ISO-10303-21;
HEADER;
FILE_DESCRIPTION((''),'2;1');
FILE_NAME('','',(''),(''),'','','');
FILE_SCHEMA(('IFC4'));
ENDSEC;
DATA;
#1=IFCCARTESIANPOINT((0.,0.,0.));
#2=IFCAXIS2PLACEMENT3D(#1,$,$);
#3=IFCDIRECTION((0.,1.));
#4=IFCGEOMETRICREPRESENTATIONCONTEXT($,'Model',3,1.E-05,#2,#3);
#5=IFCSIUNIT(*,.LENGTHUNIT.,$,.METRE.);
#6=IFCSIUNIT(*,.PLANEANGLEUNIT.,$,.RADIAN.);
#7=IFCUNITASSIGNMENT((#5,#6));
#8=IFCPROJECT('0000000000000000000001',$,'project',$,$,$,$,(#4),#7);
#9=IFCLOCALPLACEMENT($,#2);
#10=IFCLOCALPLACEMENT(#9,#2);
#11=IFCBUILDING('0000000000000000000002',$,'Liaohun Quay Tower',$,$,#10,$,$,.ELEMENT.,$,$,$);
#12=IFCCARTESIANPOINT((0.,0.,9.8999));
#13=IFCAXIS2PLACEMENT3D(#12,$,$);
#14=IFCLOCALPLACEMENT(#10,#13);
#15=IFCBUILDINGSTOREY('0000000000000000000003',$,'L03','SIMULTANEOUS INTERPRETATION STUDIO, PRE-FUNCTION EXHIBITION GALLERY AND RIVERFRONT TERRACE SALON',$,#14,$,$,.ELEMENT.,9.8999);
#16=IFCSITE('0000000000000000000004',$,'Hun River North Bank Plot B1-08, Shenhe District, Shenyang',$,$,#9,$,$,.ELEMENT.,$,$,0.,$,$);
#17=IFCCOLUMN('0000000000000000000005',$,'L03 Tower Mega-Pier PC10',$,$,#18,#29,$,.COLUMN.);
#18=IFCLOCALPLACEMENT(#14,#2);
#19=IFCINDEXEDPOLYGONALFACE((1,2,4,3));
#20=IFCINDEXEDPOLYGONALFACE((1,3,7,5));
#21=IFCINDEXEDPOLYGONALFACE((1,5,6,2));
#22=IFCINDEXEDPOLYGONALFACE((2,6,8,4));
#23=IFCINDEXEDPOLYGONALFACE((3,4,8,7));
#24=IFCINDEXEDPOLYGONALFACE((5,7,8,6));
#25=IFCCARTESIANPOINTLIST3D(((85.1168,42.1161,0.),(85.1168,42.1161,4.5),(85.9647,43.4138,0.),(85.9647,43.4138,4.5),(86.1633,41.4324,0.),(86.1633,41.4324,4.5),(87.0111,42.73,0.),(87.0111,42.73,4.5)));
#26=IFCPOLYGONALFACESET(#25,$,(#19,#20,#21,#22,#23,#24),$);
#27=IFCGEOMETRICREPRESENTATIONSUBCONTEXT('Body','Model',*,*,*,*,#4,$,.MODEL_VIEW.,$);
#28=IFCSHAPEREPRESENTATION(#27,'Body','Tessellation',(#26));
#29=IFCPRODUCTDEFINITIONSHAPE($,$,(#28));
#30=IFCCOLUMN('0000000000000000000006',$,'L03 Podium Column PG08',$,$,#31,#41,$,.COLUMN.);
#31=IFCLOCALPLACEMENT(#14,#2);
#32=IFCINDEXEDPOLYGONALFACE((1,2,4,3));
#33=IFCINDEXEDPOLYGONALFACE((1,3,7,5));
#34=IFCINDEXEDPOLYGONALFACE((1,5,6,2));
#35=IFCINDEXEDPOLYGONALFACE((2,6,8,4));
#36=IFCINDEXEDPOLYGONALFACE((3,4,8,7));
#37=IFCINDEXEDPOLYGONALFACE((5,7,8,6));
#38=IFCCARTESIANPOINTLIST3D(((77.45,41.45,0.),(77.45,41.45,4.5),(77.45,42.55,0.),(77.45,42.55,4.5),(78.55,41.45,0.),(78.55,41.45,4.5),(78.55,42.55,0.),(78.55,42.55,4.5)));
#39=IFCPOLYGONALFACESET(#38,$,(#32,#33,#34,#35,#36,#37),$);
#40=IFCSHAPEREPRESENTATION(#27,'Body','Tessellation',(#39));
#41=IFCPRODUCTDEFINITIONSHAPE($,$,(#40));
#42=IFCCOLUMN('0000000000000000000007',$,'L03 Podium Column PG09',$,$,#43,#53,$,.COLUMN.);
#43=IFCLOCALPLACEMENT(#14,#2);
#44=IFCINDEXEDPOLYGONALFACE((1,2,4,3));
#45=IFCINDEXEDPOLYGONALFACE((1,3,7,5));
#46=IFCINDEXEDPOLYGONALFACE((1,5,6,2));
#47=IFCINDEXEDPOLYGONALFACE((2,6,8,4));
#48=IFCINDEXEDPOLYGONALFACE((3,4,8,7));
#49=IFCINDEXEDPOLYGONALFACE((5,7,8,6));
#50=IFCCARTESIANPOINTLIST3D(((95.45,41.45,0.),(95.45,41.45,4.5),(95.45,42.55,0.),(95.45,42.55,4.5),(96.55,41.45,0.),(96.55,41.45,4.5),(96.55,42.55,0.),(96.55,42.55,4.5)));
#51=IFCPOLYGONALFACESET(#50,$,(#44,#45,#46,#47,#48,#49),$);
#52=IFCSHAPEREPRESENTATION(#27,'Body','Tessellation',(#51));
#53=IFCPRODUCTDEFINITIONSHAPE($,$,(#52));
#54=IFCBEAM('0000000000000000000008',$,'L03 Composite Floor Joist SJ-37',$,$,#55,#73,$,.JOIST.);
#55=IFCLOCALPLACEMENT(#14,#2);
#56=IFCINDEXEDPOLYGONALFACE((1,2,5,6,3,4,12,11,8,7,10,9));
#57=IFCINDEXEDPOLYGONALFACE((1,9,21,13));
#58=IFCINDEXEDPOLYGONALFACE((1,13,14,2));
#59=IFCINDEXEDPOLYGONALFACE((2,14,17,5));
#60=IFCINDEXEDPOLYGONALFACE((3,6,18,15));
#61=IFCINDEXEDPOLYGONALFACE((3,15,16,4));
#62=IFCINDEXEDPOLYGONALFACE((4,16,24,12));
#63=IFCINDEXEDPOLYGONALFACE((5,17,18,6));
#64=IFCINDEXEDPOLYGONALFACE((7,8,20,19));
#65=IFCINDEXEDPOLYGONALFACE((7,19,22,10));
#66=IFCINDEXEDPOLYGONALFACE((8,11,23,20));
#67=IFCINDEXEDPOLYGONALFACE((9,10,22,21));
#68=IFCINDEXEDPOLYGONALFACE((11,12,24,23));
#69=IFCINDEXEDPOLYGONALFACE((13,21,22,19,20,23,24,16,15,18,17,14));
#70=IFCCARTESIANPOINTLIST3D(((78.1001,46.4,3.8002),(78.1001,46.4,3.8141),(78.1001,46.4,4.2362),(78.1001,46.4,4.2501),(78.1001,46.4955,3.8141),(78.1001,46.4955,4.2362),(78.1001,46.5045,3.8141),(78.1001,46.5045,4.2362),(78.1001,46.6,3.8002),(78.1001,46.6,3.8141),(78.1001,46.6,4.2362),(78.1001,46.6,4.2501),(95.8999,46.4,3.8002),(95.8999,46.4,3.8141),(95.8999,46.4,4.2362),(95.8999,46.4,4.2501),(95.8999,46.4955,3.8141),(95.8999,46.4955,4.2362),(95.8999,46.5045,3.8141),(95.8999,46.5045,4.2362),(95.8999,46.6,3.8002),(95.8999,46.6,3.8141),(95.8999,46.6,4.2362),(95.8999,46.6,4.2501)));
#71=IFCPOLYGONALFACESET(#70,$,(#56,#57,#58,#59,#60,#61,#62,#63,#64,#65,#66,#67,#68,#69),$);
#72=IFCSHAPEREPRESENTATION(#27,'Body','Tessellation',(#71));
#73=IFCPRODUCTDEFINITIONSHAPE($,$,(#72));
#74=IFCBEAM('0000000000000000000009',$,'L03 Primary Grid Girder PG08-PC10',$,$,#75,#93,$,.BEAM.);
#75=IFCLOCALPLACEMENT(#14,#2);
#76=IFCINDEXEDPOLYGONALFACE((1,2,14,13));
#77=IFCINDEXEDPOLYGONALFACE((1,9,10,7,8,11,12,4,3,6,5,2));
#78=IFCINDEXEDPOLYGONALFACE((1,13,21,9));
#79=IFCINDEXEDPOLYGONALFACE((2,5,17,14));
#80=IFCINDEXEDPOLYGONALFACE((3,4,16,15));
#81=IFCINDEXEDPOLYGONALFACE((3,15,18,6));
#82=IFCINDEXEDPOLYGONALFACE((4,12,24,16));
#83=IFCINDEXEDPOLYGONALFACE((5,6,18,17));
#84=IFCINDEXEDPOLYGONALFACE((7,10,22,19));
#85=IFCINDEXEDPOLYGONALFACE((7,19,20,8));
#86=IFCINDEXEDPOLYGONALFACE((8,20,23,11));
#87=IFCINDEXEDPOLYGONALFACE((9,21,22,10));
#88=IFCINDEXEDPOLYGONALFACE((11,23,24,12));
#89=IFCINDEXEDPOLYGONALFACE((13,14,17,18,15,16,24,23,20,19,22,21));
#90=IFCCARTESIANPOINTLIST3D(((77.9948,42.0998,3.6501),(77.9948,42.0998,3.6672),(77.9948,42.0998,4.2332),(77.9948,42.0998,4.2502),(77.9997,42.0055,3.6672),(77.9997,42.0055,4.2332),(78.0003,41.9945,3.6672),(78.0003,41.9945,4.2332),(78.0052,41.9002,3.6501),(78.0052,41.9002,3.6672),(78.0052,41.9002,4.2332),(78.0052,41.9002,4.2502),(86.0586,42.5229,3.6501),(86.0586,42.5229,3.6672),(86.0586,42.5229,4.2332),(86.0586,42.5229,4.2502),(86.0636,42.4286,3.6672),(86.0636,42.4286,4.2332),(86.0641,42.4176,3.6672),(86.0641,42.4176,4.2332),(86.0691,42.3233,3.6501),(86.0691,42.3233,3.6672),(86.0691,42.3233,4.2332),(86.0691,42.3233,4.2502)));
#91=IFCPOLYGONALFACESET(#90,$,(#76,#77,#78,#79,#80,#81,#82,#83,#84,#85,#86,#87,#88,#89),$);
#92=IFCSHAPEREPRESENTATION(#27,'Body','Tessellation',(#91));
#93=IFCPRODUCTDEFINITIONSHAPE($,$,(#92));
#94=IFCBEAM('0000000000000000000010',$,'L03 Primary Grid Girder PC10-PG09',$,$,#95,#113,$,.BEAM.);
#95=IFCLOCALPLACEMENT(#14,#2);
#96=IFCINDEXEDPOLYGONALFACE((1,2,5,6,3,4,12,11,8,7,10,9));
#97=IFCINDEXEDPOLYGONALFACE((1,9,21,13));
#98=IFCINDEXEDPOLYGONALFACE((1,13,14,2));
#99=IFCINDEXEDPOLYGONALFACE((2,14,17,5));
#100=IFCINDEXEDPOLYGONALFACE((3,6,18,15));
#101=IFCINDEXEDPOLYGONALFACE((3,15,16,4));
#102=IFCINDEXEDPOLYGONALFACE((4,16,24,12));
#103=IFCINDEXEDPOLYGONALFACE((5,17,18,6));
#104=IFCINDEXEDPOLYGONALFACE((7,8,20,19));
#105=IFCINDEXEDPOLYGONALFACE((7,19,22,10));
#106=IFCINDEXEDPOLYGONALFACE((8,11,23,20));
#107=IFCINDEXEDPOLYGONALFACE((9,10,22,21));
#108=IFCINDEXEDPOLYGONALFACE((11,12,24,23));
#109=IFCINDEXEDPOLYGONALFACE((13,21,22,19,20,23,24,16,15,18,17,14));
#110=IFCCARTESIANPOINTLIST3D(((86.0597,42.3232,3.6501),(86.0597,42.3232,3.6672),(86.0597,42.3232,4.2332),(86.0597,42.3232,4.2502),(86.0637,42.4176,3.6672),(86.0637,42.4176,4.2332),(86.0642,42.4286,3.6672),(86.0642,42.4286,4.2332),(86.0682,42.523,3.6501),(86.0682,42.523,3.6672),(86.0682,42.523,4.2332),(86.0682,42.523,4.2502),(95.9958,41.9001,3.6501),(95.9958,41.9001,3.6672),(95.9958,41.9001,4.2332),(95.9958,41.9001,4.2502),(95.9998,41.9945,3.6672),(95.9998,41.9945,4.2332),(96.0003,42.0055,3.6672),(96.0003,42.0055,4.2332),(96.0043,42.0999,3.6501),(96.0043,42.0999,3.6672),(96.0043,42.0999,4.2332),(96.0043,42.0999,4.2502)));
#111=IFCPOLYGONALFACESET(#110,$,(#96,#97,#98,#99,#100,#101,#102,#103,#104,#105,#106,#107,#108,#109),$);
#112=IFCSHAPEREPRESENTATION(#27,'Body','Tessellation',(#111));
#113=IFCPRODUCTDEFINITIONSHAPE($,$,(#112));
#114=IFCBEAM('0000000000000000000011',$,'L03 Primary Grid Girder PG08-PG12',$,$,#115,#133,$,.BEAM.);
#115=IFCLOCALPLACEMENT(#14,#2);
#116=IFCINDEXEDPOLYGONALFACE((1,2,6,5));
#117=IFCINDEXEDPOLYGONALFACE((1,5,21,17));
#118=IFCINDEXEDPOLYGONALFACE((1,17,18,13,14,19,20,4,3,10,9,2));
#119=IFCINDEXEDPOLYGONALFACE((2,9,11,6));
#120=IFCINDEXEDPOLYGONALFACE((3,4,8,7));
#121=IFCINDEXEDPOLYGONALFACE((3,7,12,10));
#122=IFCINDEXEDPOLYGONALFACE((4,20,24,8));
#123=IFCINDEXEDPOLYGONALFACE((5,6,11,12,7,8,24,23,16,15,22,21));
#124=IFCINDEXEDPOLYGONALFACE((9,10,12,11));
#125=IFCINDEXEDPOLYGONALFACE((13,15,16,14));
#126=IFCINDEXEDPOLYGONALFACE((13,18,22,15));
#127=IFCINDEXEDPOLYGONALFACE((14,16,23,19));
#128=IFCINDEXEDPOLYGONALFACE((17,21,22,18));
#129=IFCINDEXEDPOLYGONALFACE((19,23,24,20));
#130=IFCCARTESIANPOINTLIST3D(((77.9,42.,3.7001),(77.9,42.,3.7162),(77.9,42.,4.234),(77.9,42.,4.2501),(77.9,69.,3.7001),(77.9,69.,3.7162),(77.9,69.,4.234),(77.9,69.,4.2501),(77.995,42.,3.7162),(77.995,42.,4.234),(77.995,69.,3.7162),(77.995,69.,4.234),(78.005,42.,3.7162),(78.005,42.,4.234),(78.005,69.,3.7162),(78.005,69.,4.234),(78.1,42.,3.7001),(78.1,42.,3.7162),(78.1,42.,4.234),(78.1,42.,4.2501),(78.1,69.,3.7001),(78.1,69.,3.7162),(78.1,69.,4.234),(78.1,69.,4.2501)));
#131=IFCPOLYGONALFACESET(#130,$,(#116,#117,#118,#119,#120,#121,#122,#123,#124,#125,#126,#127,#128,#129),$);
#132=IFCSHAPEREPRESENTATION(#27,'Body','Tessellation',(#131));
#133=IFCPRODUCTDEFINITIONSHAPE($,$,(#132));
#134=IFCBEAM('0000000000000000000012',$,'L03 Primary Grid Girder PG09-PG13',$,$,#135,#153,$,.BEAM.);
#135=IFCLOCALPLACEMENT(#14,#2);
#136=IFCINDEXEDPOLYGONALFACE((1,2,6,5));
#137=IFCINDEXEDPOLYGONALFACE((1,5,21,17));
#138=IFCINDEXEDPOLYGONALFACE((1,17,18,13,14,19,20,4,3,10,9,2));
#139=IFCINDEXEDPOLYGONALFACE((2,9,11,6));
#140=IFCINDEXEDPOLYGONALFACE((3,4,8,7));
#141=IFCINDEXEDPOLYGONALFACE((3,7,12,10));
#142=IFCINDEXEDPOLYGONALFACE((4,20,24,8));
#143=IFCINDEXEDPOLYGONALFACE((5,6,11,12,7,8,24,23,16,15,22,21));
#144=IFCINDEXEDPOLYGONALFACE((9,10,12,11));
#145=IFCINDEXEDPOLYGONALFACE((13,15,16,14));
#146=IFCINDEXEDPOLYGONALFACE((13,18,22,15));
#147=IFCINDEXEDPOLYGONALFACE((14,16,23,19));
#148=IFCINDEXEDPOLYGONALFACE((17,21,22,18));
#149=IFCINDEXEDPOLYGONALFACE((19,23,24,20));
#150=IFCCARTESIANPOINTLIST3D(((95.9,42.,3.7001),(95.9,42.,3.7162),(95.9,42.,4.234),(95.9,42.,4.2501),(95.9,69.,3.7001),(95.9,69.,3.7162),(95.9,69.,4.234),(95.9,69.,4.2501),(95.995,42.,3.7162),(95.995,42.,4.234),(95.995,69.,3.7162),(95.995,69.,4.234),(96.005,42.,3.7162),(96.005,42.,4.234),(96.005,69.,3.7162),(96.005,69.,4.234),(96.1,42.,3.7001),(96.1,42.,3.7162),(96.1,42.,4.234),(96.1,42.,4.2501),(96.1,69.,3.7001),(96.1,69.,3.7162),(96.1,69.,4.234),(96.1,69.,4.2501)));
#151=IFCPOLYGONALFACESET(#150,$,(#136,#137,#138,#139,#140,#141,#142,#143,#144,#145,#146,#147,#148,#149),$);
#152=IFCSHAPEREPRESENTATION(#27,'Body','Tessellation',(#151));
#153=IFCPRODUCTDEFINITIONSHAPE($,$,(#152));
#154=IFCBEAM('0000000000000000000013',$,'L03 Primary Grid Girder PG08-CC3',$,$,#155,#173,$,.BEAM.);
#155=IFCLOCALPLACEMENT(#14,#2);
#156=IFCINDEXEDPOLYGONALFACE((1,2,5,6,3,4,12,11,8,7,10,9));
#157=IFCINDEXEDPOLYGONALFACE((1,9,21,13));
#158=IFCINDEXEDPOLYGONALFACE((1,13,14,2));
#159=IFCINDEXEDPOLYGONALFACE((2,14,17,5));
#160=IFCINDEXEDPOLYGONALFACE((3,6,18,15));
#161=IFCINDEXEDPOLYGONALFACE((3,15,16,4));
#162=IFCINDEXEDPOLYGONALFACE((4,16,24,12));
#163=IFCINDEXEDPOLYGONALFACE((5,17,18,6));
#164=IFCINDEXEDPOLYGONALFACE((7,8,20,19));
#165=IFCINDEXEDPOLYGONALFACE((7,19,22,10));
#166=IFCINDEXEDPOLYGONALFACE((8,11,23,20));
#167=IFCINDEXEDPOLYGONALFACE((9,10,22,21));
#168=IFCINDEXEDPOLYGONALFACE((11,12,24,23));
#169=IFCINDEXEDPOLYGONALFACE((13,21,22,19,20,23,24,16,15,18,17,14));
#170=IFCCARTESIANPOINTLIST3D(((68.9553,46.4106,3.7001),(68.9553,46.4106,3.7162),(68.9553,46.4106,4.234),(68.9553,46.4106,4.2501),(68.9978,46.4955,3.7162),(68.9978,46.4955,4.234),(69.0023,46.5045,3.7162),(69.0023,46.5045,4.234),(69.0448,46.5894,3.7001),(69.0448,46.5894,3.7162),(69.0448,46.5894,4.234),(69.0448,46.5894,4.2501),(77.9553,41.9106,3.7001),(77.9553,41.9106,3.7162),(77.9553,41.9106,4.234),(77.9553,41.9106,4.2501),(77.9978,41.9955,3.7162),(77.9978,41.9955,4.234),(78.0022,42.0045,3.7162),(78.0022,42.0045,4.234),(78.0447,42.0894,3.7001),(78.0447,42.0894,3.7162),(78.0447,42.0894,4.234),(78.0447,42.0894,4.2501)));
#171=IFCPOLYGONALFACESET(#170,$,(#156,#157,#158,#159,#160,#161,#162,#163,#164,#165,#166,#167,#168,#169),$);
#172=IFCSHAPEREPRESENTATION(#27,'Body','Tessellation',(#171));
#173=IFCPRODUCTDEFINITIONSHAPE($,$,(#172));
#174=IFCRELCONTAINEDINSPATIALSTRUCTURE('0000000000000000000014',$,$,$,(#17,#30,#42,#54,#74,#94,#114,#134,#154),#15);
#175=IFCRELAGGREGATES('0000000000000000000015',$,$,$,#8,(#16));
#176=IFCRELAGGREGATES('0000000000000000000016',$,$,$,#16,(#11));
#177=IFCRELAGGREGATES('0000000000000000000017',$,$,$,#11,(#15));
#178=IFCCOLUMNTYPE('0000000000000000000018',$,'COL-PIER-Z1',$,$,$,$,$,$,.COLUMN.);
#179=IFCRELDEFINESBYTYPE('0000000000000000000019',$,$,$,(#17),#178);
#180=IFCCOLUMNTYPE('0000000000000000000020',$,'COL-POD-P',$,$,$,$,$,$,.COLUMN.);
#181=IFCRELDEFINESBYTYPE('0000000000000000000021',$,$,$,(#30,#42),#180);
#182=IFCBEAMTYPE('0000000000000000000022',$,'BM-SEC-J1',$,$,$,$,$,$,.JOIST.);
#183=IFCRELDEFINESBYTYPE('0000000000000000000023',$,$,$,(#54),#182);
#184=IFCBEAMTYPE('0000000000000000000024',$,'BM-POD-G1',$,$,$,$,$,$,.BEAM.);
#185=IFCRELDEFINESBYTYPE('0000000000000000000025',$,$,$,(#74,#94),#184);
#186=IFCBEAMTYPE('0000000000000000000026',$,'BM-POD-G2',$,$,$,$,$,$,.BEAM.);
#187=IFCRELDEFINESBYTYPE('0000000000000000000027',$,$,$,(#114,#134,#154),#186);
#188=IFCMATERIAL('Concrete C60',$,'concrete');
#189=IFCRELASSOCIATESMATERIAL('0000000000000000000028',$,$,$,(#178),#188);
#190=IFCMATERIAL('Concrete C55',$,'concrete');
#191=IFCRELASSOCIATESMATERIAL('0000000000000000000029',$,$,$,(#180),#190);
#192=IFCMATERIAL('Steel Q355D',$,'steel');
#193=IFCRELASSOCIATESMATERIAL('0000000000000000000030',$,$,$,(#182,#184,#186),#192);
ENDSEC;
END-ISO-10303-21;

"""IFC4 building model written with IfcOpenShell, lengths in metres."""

from ifc_helpers import new_model, si_unit, direction, frame, origin, origin_2d, place, context, subcontext, project, spatial, rectangle, i_section, extrude, source, transform, mapped, material, material_profile, profile_set, type_object, element, save


model = new_model("IFC4")

# Units and contexts
model_context = context("Model", 3, precision=1e-05, world=origin(), true_north=direction((0.0, 1.0)))
body_context = subcontext(model_context, "Body", "Model", "MODEL_VIEW")
ifc_project = project(units=[si_unit("LENGTHUNIT", "METRE"), si_unit("PLANEANGLEUNIT", "RADIAN")], contexts=[model_context])

# Site, building, storey
site_placement = place(None, origin())
site = spatial("IfcSite", under=ifc_project, at=site_placement, Name="Hun River North Bank Plot B1-08, Shenhe District, Shenyang", CompositionType="ELEMENT", RefElevation=0.0)
building_placement = place(site_placement, origin())
building = spatial("IfcBuilding", under=site, at=building_placement, Name="Liaohun Quay Tower", CompositionType="ELEMENT")
storey_placement = place(building_placement, frame((0.0, 0.0, 9.8999)))
storey = spatial("IfcBuildingStorey", under=building, at=storey_placement, Name="L03", Description="SIMULTANEOUS INTERPRETATION STUDIO, PRE-FUNCTION EXHIBITION GALLERY AND RIVERFRONT TERRACE SALON", CompositionType="ELEMENT", Elevation=9.8999)

# Columns
ifc_material_1 = material(Name="Concrete C60", Category="concrete")
ifc_material_profile_1 = material_profile(ifc_material_1, rectangle(XDim=1.55, YDim=1.25, at=origin_2d()), Name="RC1550x1250")
ifc_profile_set_1 = profile_set([ifc_material_profile_1], Name="Concrete C60")
column_type_1 = type_object("IfcColumnType", Name="COL-PIER-Z1", PredefinedType="COLUMN", material=ifc_profile_set_1)
shared_shape_1 = source(origin(), body_context, "Body", "SweptSolid", [
    extrude(rectangle(XDim=1.55, YDim=1.25, at=origin_2d()), origin(), (0.0, 0.0, 1.0), 4.5),
])
column_placement = place(storey_placement, frame((86.064, 42.4231, 0.0), z_axis=(0.0, 0.0, 1.0), x_axis=(0.546979, 0.837146, 0.0)))
element("IfcColumn", 1, at=column_placement, inside=storey, type_object=column_type_1, Name="L03 Tower Mega-Pier PC10", PredefinedType="COLUMN", context=body_context, shape_type="MappedRepresentation", body=[
    mapped(shared_shape_1, transform((0.0, 0.0, 0.0), x_axis=(1.0, 0.0, 0.0), y_axis=(0.0, 1.0, 0.0), z_axis=(0.0, 0.0, 1.0), scale=1.0)),
])
ifc_material_2 = material(Name="Concrete C55", Category="concrete")
ifc_material_profile_2 = material_profile(ifc_material_2, rectangle(XDim=1.1001, YDim=1.1001, at=origin_2d()), Name="RC1100x1100")
ifc_profile_set_2 = profile_set([ifc_material_profile_2], Name="Concrete C55")
column_type_2 = type_object("IfcColumnType", Name="COL-POD-P", PredefinedType="COLUMN", material=ifc_profile_set_2)
shared_shape_2 = source(origin(), body_context, "Body", "SweptSolid", [
    extrude(rectangle(XDim=1.1001, YDim=1.1001, at=origin_2d()), origin(), (0.0, 0.0, 1.0), 4.5),
])
for number, where, z_axis, x_axis, name in (
    (2, (78.0, 42.0, 0.0), (0.0, 0.0, 1.0), (1.0, 0.0, 0.0), "L03 Podium Column PG08"),
    (3, (96.0, 42.0, 0.0), (0.0, 0.0, 1.0), (1.0, 0.0, 0.0), "L03 Podium Column PG09"),
):
    element("IfcColumn", number, at=place(storey_placement, frame(where, z_axis=z_axis, x_axis=x_axis)), inside=storey, type_object=column_type_2, Name=name, PredefinedType="COLUMN", context=body_context, shape_type="MappedRepresentation", body=[
        mapped(shared_shape_2, transform((0.0, 0.0, 0.0), x_axis=(1.0, 0.0, 0.0), y_axis=(0.0, 1.0, 0.0), z_axis=(0.0, 0.0, 1.0), scale=1.0)),
    ])

# Beams
ifc_material_3 = material(Name="Steel Q355D", Category="steel")
ifc_material_profile_3 = material_profile(ifc_material_3, i_section(OverallWidth=0.2, OverallDepth=0.45, WebThickness=0.009, FlangeThickness=0.0139, at=origin_2d()), Name="HN450x200x9x14")
ifc_profile_set_3 = profile_set([ifc_material_profile_3], Name="Steel Q355D")
beam_type_1 = type_object("IfcBeamType", Name="BM-SEC-J1", PredefinedType="JOIST", material=ifc_profile_set_3)
shared_shape_3 = source(origin(), body_context, "Body", "SweptSolid", [
    extrude(i_section(OverallWidth=0.2, OverallDepth=0.45, WebThickness=0.009, FlangeThickness=0.0139, at=origin_2d()), origin(), (0.0, 0.0, 1.0), 17.7998),
])
beam_1_placement = place(storey_placement, frame((78.1001, 46.5, 4.0251), z_axis=(1.0, 0.0, 0.0), x_axis=(0.0, 1.0, 0.0)))
element("IfcBeam", 4, at=beam_1_placement, inside=storey, type_object=beam_type_1, Name="L03 Composite Floor Joist SJ-37", PredefinedType="JOIST", context=body_context, shape_type="MappedRepresentation", body=[
    mapped(shared_shape_3, transform((0.0, 0.0, 0.0), x_axis=(1.0, 0.0, 0.0), y_axis=(0.0, 1.0, 0.0), z_axis=(0.0, 0.0, 1.0), scale=1.0)),
])
ifc_material_profile_4 = material_profile(ifc_material_3, i_section(OverallWidth=0.2, OverallDepth=0.6001, WebThickness=0.011, FlangeThickness=0.0171, at=origin_2d()), Name="HN600x200x11x17")
ifc_profile_set_4 = profile_set([ifc_material_profile_4], Name="Steel Q355D")
beam_type_2 = type_object("IfcBeamType", Name="BM-POD-G1", PredefinedType="BEAM", material=ifc_profile_set_4)
shared_shape_4 = source(origin(), body_context, "Body", "SweptSolid", [
    extrude(i_section(OverallWidth=0.2, OverallDepth=0.6001, WebThickness=0.011, FlangeThickness=0.0171, at=origin_2d()), origin(), (0.0, 0.0, 1.0), 8.075),
])
beam_2_placement = place(storey_placement, frame((78.0, 42.0, 3.9502), z_axis=(0.998626, 0.052395, 0.0), x_axis=(-0.052395, 0.998626, 0.0)))
element("IfcBeam", 5, at=beam_2_placement, inside=storey, type_object=beam_type_2, Name="L03 Primary Grid Girder PG08-PC10", PredefinedType="BEAM", context=body_context, shape_type="MappedRepresentation", body=[
    mapped(shared_shape_4, transform((0.0, 0.0, 0.0), x_axis=(1.0, 0.0, 0.0), y_axis=(0.0, 1.0, 0.0), z_axis=(0.0, 0.0, 1.0), scale=1.0)),
])
shared_shape_5 = source(origin(), body_context, "Body", "SweptSolid", [
    extrude(i_section(OverallWidth=0.2, OverallDepth=0.6001, WebThickness=0.011, FlangeThickness=0.0171, at=origin_2d()), origin(), (0.0, 0.0, 1.0), 9.9451),
])
beam_3_placement = place(storey_placement, frame((86.064, 42.4231, 3.9502), z_axis=(0.999095, -0.042543, 0.0), x_axis=(0.042543, 0.999095, 0.0)))
element("IfcBeam", 6, at=beam_3_placement, inside=storey, type_object=beam_type_2, Name="L03 Primary Grid Girder PC10-PG09", PredefinedType="BEAM", context=body_context, shape_type="MappedRepresentation", body=[
    mapped(shared_shape_5, transform((0.0, 0.0, 0.0), x_axis=(1.0, 0.0, 0.0), y_axis=(0.0, 1.0, 0.0), z_axis=(0.0, 0.0, 1.0), scale=1.0)),
])
ifc_material_profile_5 = material_profile(ifc_material_3, i_section(OverallWidth=0.2, OverallDepth=0.55, WebThickness=0.01, FlangeThickness=0.0161, at=origin_2d()), Name="HN550x200x10x16")
ifc_profile_set_5 = profile_set([ifc_material_profile_5], Name="Steel Q355D")
beam_type_3 = type_object("IfcBeamType", Name="BM-POD-G2", PredefinedType="BEAM", material=ifc_profile_set_5)
shared_shape_6 = source(origin(), body_context, "Body", "SweptSolid", [
    extrude(i_section(OverallWidth=0.2, OverallDepth=0.55, WebThickness=0.01, FlangeThickness=0.0161, at=origin_2d()), origin(), (0.0, 0.0, 1.0), 27.0),
])
for number, where, z_axis, x_axis, name in (
    (7, (78.0, 42.0, 3.9751), (0.0, 1.0, 0.0), (-1.0, 0.0, 0.0), "L03 Primary Grid Girder PG08-PG12"),
    (8, (96.0, 42.0, 3.9751), (0.0, 1.0, 0.0), (-1.0, 0.0, 0.0), "L03 Primary Grid Girder PG09-PG13"),
):
    element("IfcBeam", number, at=place(storey_placement, frame(where, z_axis=z_axis, x_axis=x_axis)), inside=storey, type_object=beam_type_3, Name=name, PredefinedType="BEAM", context=body_context, shape_type="MappedRepresentation", body=[
        mapped(shared_shape_6, transform((0.0, 0.0, 0.0), x_axis=(1.0, 0.0, 0.0), y_axis=(0.0, 1.0, 0.0), z_axis=(0.0, 0.0, 1.0), scale=1.0)),
    ])
shared_shape_7 = source(origin(), body_context, "Body", "SweptSolid", [
    extrude(i_section(OverallWidth=0.2, OverallDepth=0.55, WebThickness=0.01, FlangeThickness=0.0161, at=origin_2d()), origin(), (0.0, 0.0, 1.0), 10.0623),
])
beam_4_placement = place(storey_placement, frame((78.0, 42.0, 3.9751), z_axis=(-0.894427, 0.447214, 0.0), x_axis=(-0.447214, -0.894427, 0.0)))
element("IfcBeam", 9, at=beam_4_placement, inside=storey, type_object=beam_type_3, Name="L03 Primary Grid Girder PG08-CC3", PredefinedType="BEAM", context=body_context, shape_type="MappedRepresentation", body=[
    mapped(shared_shape_7, transform((0.0, 0.0, 0.0), x_axis=(1.0, 0.0, 0.0), y_axis=(0.0, 1.0, 0.0), z_axis=(0.0, 0.0, 1.0), scale=1.0)),
])

save(model, "model.ifc")
